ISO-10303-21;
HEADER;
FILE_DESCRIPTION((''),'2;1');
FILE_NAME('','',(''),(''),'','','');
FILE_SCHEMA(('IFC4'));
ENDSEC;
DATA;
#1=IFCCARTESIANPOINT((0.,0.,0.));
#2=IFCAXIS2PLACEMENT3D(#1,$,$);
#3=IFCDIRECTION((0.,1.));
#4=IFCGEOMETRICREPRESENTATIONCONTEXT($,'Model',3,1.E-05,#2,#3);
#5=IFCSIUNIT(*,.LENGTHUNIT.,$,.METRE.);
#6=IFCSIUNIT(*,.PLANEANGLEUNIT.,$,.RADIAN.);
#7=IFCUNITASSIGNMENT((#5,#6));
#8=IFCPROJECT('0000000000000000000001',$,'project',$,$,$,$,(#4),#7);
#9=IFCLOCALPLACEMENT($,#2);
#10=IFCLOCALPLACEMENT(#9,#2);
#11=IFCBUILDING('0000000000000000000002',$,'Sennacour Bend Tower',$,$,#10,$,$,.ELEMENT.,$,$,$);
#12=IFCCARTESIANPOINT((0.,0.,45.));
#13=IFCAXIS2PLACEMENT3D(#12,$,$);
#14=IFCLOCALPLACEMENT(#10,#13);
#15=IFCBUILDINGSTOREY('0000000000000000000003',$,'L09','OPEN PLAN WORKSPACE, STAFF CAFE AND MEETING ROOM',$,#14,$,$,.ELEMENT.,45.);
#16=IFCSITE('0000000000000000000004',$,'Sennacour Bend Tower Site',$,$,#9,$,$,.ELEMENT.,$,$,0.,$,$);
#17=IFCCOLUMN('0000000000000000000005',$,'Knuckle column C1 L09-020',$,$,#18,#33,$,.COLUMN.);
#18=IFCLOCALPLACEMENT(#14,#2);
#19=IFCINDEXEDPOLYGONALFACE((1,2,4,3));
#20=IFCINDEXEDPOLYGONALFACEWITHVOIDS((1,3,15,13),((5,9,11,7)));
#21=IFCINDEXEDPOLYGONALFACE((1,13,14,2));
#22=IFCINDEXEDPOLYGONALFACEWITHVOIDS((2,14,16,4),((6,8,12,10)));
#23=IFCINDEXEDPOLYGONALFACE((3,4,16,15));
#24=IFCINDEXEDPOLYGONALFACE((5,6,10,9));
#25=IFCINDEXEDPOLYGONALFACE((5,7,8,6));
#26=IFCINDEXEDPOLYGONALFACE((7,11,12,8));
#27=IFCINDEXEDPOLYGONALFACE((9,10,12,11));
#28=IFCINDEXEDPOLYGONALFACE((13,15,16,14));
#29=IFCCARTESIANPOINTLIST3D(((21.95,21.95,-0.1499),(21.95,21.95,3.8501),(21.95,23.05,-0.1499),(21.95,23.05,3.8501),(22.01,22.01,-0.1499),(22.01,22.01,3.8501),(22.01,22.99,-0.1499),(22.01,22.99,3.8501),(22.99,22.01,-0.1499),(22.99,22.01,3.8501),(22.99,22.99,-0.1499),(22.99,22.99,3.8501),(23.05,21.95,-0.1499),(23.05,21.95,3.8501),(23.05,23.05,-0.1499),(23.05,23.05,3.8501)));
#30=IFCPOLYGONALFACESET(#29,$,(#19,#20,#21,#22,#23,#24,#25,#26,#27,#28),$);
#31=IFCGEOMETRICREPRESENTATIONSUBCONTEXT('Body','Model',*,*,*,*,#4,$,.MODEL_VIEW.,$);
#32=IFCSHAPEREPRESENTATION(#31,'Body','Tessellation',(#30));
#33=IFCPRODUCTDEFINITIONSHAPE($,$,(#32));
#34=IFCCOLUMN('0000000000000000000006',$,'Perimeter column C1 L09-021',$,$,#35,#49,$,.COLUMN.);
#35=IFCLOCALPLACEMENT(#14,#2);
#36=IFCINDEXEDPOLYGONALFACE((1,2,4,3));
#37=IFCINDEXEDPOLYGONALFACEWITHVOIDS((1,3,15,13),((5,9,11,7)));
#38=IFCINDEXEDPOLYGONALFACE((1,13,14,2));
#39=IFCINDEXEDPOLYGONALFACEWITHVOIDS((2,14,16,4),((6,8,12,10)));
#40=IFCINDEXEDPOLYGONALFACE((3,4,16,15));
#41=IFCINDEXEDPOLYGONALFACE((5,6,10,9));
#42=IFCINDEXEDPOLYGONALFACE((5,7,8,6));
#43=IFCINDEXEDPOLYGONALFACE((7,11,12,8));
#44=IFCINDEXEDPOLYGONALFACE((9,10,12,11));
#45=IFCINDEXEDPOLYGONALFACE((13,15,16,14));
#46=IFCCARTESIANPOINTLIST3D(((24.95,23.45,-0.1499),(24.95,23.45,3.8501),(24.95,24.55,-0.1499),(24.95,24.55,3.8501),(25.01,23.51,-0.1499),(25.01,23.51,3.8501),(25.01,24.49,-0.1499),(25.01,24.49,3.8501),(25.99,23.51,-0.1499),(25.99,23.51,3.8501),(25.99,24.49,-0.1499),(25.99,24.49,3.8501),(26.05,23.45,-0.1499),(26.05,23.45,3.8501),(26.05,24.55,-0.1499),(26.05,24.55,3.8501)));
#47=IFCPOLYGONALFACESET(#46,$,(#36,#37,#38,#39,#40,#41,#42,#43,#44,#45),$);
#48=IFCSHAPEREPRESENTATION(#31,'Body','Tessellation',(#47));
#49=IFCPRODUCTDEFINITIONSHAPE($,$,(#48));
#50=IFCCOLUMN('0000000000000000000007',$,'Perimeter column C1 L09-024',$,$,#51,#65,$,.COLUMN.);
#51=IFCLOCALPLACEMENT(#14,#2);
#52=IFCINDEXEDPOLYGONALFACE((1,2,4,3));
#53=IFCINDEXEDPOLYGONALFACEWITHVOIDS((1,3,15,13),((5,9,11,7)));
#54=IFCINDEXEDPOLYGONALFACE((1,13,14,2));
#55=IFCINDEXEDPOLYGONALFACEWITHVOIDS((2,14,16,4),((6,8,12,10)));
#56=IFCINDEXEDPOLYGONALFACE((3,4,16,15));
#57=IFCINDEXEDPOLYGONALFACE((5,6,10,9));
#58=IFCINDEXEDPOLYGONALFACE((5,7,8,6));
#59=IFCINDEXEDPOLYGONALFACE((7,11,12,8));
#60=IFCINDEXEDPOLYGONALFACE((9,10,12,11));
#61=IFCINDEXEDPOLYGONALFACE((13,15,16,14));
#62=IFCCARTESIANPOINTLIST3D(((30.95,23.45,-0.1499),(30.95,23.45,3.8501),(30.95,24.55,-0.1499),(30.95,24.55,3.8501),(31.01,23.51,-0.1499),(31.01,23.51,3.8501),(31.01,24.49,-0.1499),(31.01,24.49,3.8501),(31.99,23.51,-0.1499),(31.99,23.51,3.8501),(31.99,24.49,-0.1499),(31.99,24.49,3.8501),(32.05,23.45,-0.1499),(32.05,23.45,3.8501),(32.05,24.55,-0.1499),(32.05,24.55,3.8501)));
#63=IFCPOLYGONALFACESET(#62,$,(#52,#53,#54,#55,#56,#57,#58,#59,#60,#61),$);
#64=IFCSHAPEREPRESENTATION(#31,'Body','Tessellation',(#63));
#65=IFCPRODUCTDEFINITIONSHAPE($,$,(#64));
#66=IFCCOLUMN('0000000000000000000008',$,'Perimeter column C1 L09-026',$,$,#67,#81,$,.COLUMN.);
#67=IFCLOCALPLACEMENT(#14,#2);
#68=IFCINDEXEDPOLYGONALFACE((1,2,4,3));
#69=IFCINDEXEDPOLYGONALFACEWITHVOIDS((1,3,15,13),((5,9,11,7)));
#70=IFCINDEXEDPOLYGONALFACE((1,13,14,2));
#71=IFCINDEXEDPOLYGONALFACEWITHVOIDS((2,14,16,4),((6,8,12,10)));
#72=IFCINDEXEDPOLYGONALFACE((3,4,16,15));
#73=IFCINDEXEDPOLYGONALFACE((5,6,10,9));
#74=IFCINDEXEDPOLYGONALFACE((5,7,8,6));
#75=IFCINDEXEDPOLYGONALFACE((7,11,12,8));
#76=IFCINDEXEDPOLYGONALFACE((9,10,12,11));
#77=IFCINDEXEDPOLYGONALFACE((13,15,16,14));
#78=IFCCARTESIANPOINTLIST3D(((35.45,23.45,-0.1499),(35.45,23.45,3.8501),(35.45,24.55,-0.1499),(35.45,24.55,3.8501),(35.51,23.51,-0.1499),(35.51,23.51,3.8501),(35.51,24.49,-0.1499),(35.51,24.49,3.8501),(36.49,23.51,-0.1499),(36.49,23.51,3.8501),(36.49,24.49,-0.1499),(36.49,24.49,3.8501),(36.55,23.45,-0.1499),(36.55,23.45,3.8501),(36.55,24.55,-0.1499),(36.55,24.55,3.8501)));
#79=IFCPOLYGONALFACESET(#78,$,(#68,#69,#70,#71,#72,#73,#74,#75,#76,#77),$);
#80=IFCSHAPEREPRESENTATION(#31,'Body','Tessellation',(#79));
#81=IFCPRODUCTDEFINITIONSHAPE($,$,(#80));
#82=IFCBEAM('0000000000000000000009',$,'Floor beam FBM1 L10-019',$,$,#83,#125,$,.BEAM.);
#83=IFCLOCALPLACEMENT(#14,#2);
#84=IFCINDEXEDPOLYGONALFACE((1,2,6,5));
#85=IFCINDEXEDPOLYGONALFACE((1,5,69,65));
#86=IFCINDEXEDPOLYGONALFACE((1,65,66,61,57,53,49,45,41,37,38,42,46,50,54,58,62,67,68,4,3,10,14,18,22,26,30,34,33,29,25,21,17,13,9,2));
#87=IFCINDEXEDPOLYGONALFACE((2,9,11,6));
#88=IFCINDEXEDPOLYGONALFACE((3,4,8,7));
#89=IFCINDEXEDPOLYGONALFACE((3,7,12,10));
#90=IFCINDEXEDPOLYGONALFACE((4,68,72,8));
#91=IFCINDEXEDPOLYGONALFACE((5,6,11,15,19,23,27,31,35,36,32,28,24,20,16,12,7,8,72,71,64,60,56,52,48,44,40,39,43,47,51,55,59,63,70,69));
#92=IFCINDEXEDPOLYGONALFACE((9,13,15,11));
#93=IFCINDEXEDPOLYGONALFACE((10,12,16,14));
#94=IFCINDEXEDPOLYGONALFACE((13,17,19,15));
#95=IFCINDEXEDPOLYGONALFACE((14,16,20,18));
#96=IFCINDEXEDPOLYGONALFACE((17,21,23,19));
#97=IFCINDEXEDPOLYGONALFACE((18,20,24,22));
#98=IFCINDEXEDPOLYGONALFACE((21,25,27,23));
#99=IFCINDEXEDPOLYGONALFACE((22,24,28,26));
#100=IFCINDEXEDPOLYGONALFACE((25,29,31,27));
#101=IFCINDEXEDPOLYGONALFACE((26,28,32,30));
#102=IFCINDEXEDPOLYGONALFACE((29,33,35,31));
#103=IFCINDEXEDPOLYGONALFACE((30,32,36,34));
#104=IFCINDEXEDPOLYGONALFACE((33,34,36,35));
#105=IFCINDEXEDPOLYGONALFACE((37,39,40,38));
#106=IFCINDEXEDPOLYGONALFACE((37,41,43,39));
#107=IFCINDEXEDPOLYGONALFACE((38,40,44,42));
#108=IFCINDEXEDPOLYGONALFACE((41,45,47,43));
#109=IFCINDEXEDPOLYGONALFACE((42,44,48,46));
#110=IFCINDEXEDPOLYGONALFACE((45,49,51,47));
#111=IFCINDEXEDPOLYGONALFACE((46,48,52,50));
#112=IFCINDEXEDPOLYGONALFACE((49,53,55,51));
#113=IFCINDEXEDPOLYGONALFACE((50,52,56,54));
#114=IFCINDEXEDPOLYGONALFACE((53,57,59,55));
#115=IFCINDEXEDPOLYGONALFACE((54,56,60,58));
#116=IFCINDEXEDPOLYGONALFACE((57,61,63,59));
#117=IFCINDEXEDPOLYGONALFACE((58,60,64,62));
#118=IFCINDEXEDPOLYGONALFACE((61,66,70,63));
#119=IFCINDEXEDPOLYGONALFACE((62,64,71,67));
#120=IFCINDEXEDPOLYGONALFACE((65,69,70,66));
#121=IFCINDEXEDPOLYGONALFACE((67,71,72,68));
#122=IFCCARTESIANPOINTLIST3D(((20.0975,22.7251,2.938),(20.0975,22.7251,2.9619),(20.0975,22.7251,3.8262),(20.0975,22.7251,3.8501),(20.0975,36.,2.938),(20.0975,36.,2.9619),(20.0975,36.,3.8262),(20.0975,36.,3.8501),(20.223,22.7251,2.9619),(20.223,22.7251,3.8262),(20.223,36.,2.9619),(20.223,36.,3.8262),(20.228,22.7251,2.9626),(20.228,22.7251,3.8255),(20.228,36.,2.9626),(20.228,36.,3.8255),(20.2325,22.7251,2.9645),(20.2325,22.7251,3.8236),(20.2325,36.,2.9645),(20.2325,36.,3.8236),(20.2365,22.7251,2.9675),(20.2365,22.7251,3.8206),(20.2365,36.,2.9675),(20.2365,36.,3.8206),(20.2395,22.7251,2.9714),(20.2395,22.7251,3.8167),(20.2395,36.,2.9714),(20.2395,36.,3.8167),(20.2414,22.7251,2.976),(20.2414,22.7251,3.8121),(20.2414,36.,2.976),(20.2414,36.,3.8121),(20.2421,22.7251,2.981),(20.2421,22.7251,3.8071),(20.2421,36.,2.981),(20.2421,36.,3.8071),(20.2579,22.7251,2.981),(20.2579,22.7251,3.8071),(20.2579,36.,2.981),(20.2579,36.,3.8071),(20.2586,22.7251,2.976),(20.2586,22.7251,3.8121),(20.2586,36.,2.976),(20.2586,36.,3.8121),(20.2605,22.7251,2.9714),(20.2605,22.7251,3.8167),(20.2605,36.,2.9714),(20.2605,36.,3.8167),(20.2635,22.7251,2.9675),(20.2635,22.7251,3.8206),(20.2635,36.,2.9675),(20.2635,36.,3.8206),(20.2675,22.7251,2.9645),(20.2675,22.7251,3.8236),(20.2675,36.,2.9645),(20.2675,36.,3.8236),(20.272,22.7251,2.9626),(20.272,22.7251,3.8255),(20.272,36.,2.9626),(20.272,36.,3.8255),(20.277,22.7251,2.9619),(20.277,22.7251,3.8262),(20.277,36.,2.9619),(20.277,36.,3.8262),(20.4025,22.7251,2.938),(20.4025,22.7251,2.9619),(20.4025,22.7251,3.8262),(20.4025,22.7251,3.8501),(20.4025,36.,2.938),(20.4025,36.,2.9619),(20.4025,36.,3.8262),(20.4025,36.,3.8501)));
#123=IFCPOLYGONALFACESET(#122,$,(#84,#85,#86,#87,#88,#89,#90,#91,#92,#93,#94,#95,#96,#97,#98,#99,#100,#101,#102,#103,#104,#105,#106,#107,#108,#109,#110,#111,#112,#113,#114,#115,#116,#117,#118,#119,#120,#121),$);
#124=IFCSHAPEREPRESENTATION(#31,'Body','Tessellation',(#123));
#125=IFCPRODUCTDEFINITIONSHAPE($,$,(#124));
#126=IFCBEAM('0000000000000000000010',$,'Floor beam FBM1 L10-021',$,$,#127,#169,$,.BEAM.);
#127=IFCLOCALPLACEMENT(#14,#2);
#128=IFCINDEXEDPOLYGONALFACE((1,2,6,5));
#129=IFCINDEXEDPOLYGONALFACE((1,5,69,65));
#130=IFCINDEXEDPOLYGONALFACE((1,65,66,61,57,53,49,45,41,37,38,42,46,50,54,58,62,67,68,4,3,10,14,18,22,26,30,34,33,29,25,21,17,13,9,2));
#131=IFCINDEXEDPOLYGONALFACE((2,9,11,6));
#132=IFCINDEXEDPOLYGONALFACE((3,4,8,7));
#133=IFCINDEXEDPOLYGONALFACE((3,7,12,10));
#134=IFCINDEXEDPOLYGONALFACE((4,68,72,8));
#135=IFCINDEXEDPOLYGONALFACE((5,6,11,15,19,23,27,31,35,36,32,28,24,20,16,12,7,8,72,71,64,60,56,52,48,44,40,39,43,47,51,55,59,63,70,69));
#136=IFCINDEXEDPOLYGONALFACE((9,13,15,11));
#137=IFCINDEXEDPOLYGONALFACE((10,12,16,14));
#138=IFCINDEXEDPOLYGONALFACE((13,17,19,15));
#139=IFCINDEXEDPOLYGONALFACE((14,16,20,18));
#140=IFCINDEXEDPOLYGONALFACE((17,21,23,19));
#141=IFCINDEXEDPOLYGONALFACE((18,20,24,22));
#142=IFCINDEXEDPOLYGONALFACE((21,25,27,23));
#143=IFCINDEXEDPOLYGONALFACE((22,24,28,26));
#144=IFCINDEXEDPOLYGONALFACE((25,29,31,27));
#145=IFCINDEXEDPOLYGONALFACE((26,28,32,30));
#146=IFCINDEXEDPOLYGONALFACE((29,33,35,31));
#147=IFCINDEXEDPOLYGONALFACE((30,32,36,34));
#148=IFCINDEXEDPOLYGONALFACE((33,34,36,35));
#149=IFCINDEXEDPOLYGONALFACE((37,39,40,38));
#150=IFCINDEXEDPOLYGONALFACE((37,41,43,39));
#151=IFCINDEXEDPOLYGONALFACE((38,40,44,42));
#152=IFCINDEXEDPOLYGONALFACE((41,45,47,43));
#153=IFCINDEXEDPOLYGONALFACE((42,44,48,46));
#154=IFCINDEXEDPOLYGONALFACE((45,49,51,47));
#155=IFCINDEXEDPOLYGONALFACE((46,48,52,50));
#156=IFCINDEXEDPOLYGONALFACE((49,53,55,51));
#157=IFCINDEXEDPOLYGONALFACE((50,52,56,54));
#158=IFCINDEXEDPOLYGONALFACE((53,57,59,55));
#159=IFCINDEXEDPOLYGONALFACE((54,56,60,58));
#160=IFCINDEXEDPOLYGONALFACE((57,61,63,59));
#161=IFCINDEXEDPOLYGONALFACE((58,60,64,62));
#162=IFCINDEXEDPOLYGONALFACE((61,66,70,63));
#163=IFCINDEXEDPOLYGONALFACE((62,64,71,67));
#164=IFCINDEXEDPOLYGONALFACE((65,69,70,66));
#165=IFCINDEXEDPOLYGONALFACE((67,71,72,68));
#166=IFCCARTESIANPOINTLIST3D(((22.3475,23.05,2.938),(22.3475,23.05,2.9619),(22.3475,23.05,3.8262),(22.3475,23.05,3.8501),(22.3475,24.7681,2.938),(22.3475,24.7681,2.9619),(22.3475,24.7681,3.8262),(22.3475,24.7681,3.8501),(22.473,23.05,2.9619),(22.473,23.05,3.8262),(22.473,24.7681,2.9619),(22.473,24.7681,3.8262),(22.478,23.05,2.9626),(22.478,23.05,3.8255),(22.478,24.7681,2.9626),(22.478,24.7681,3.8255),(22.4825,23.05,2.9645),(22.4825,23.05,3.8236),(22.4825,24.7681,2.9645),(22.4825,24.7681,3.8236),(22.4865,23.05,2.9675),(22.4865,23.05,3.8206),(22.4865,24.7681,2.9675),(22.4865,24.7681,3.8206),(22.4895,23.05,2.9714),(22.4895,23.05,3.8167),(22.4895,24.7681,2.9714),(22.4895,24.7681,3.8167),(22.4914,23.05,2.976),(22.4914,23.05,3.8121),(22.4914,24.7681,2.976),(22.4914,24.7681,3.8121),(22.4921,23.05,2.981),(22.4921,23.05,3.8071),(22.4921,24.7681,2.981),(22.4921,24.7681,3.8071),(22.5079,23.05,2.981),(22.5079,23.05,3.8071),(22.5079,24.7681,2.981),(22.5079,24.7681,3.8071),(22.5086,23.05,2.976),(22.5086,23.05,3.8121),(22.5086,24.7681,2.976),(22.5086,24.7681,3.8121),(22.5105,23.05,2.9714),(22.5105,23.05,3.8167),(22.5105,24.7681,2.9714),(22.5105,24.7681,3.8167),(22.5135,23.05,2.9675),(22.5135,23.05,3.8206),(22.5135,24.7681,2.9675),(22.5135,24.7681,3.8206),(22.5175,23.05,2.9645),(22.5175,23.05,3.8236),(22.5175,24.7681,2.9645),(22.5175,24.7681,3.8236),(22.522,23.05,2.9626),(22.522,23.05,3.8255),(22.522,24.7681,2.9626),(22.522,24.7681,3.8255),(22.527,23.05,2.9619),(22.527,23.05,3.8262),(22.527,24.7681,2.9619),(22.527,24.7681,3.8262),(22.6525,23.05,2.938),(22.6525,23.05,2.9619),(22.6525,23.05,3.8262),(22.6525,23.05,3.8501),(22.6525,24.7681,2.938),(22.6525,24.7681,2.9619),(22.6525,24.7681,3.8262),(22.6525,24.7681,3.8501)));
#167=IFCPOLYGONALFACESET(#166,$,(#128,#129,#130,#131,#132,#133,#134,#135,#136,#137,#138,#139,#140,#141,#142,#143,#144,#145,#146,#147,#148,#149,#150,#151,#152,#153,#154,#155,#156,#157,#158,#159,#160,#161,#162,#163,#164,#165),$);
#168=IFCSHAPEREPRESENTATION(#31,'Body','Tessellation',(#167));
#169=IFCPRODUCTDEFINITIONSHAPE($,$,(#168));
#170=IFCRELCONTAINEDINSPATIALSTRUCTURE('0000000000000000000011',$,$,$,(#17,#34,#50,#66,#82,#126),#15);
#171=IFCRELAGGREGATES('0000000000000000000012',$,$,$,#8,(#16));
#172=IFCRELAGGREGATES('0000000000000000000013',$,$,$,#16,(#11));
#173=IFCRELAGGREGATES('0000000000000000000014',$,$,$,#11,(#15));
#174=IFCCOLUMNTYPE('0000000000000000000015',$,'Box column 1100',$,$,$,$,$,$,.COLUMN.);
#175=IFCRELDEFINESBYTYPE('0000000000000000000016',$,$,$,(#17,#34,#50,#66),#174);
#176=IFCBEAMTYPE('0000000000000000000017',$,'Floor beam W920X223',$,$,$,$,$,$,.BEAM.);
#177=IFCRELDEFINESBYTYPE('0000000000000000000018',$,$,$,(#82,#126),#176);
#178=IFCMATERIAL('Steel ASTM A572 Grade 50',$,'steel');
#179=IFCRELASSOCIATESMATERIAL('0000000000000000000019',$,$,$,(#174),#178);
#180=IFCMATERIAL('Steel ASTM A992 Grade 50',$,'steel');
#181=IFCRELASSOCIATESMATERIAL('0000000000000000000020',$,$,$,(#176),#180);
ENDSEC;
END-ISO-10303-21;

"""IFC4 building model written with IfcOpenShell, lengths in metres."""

from ifc_helpers import new_model, si_unit, direction, frame, origin, origin_2d, place, context, subcontext, project, spatial, hollow_rectangle, i_section, extrude, material, material_profile, profile_set, type_object, element, save


model = new_model("IFC4")

# Units and contexts
model_context = context("Model", 3, precision=1e-05, world=origin(), true_north=direction((0.0, 1.0)))
body_context = subcontext(model_context, "Body", "Model", "MODEL_VIEW")
ifc_project = project(units=[si_unit("LENGTHUNIT", "METRE"), si_unit("PLANEANGLEUNIT", "RADIAN")], contexts=[model_context])

# Site, building, storey
site_placement = place(None, origin())
site = spatial("IfcSite", under=ifc_project, at=site_placement, Name="Sennacour Bend Tower Site", CompositionType="ELEMENT", RefElevation=0.0)
building_placement = place(site_placement, origin())
building = spatial("IfcBuilding", under=site, at=building_placement, Name="Sennacour Bend Tower", CompositionType="ELEMENT")
storey_placement = place(building_placement, frame((0.0, 0.0, 45.0)))
storey = spatial("IfcBuildingStorey", under=building, at=storey_placement, Name="L09", Description="OPEN PLAN WORKSPACE, STAFF CAFE AND MEETING ROOM", CompositionType="ELEMENT", Elevation=45.0)

# Columns
ifc_material_1 = material(Name="Steel ASTM A572 Grade 50", Category="steel")
ifc_material_profile_1 = material_profile(ifc_material_1, hollow_rectangle(XDim=1.1001, YDim=1.1001, WallThickness=0.0601, at=origin_2d()), Name="Steel ASTM A572 Grade 50", Category="steel")
ifc_profile_set_1 = profile_set([ifc_material_profile_1], Name="Steel ASTM A572 Grade 50")
column_type = type_object("IfcColumnType", Name="Box column 1100", PredefinedType="COLUMN", material=ifc_profile_set_1)
for number, where, z_axis, x_axis, name in (
    (1, (22.5, 22.5, -0.1499), (0.0, 0.0, 1.0), (1.0, 0.0, 0.0), "Knuckle column C1 L09-020"),
    (2, (25.5, 24.0, -0.1499), (0.0, 0.0, 1.0), (1.0, 0.0, 0.0), "Perimeter column C1 L09-021"),
    (3, (31.5, 24.0, -0.1499), (0.0, 0.0, 1.0), (1.0, 0.0, 0.0), "Perimeter column C1 L09-024"),
    (4, (36.0, 24.0, -0.1499), (0.0, 0.0, 1.0), (1.0, 0.0, 0.0), "Perimeter column C1 L09-026"),
):
    element("IfcColumn", number, at=place(storey_placement, frame(where, z_axis=z_axis, x_axis=x_axis)), inside=storey, type_object=column_type, Name=name, PredefinedType="COLUMN", context=body_context, shape_type="SweptSolid", body=[
        extrude(hollow_rectangle(XDim=1.1001, YDim=1.1001, WallThickness=0.0601, at=origin_2d()), origin(), (0.0, 0.0, 1.0), 4.0),
    ])

# Beams
ifc_material_2 = material(Name="Steel ASTM A992 Grade 50", Category="steel")
ifc_material_profile_2 = material_profile(ifc_material_2, i_section(OverallWidth=0.3049, OverallDepth=0.9121, WebThickness=0.0159, FlangeThickness=0.0239, FilletRadius=0.019, at=origin_2d()), Name="Steel ASTM A992 Grade 50", Category="steel")
ifc_profile_set_2 = profile_set([ifc_material_profile_2], Name="Steel ASTM A992 Grade 50")
beam_type_1 = type_object("IfcBeamType", Name="Floor beam W920X223", PredefinedType="BEAM", material=ifc_profile_set_2)
beam_1_placement = place(storey_placement, frame((20.25, 22.7251, 3.394), z_axis=(0.0, 1.0, 0.0), x_axis=(-1.0, 0.0, 0.0)))
element("IfcBeam", 5, at=beam_1_placement, inside=storey, type_object=beam_type_1, Name="Floor beam FBM1 L10-019", PredefinedType="BEAM", context=body_context, shape_type="SweptSolid", body=[
    extrude(i_section(OverallWidth=0.3049, OverallDepth=0.9121, WebThickness=0.0159, FlangeThickness=0.0239, FilletRadius=0.019, at=origin_2d()), origin(), (0.0, 0.0, 1.0), 13.2749),
])
beam_2_placement = place(storey_placement, frame((22.5, 23.05, 3.394), z_axis=(0.0, 1.0, 0.0), x_axis=(-1.0, 0.0, 0.0)))
element("IfcBeam", 6, at=beam_2_placement, inside=storey, type_object=beam_type_1, Name="Floor beam FBM1 L10-021", PredefinedType="BEAM", context=body_context, shape_type="SweptSolid", body=[
    extrude(i_section(OverallWidth=0.3049, OverallDepth=0.9121, WebThickness=0.0159, FlangeThickness=0.0239, FilletRadius=0.019, at=origin_2d()), origin(), (0.0, 0.0, 1.0), 1.718),
])

save(model, "model.ifc")
